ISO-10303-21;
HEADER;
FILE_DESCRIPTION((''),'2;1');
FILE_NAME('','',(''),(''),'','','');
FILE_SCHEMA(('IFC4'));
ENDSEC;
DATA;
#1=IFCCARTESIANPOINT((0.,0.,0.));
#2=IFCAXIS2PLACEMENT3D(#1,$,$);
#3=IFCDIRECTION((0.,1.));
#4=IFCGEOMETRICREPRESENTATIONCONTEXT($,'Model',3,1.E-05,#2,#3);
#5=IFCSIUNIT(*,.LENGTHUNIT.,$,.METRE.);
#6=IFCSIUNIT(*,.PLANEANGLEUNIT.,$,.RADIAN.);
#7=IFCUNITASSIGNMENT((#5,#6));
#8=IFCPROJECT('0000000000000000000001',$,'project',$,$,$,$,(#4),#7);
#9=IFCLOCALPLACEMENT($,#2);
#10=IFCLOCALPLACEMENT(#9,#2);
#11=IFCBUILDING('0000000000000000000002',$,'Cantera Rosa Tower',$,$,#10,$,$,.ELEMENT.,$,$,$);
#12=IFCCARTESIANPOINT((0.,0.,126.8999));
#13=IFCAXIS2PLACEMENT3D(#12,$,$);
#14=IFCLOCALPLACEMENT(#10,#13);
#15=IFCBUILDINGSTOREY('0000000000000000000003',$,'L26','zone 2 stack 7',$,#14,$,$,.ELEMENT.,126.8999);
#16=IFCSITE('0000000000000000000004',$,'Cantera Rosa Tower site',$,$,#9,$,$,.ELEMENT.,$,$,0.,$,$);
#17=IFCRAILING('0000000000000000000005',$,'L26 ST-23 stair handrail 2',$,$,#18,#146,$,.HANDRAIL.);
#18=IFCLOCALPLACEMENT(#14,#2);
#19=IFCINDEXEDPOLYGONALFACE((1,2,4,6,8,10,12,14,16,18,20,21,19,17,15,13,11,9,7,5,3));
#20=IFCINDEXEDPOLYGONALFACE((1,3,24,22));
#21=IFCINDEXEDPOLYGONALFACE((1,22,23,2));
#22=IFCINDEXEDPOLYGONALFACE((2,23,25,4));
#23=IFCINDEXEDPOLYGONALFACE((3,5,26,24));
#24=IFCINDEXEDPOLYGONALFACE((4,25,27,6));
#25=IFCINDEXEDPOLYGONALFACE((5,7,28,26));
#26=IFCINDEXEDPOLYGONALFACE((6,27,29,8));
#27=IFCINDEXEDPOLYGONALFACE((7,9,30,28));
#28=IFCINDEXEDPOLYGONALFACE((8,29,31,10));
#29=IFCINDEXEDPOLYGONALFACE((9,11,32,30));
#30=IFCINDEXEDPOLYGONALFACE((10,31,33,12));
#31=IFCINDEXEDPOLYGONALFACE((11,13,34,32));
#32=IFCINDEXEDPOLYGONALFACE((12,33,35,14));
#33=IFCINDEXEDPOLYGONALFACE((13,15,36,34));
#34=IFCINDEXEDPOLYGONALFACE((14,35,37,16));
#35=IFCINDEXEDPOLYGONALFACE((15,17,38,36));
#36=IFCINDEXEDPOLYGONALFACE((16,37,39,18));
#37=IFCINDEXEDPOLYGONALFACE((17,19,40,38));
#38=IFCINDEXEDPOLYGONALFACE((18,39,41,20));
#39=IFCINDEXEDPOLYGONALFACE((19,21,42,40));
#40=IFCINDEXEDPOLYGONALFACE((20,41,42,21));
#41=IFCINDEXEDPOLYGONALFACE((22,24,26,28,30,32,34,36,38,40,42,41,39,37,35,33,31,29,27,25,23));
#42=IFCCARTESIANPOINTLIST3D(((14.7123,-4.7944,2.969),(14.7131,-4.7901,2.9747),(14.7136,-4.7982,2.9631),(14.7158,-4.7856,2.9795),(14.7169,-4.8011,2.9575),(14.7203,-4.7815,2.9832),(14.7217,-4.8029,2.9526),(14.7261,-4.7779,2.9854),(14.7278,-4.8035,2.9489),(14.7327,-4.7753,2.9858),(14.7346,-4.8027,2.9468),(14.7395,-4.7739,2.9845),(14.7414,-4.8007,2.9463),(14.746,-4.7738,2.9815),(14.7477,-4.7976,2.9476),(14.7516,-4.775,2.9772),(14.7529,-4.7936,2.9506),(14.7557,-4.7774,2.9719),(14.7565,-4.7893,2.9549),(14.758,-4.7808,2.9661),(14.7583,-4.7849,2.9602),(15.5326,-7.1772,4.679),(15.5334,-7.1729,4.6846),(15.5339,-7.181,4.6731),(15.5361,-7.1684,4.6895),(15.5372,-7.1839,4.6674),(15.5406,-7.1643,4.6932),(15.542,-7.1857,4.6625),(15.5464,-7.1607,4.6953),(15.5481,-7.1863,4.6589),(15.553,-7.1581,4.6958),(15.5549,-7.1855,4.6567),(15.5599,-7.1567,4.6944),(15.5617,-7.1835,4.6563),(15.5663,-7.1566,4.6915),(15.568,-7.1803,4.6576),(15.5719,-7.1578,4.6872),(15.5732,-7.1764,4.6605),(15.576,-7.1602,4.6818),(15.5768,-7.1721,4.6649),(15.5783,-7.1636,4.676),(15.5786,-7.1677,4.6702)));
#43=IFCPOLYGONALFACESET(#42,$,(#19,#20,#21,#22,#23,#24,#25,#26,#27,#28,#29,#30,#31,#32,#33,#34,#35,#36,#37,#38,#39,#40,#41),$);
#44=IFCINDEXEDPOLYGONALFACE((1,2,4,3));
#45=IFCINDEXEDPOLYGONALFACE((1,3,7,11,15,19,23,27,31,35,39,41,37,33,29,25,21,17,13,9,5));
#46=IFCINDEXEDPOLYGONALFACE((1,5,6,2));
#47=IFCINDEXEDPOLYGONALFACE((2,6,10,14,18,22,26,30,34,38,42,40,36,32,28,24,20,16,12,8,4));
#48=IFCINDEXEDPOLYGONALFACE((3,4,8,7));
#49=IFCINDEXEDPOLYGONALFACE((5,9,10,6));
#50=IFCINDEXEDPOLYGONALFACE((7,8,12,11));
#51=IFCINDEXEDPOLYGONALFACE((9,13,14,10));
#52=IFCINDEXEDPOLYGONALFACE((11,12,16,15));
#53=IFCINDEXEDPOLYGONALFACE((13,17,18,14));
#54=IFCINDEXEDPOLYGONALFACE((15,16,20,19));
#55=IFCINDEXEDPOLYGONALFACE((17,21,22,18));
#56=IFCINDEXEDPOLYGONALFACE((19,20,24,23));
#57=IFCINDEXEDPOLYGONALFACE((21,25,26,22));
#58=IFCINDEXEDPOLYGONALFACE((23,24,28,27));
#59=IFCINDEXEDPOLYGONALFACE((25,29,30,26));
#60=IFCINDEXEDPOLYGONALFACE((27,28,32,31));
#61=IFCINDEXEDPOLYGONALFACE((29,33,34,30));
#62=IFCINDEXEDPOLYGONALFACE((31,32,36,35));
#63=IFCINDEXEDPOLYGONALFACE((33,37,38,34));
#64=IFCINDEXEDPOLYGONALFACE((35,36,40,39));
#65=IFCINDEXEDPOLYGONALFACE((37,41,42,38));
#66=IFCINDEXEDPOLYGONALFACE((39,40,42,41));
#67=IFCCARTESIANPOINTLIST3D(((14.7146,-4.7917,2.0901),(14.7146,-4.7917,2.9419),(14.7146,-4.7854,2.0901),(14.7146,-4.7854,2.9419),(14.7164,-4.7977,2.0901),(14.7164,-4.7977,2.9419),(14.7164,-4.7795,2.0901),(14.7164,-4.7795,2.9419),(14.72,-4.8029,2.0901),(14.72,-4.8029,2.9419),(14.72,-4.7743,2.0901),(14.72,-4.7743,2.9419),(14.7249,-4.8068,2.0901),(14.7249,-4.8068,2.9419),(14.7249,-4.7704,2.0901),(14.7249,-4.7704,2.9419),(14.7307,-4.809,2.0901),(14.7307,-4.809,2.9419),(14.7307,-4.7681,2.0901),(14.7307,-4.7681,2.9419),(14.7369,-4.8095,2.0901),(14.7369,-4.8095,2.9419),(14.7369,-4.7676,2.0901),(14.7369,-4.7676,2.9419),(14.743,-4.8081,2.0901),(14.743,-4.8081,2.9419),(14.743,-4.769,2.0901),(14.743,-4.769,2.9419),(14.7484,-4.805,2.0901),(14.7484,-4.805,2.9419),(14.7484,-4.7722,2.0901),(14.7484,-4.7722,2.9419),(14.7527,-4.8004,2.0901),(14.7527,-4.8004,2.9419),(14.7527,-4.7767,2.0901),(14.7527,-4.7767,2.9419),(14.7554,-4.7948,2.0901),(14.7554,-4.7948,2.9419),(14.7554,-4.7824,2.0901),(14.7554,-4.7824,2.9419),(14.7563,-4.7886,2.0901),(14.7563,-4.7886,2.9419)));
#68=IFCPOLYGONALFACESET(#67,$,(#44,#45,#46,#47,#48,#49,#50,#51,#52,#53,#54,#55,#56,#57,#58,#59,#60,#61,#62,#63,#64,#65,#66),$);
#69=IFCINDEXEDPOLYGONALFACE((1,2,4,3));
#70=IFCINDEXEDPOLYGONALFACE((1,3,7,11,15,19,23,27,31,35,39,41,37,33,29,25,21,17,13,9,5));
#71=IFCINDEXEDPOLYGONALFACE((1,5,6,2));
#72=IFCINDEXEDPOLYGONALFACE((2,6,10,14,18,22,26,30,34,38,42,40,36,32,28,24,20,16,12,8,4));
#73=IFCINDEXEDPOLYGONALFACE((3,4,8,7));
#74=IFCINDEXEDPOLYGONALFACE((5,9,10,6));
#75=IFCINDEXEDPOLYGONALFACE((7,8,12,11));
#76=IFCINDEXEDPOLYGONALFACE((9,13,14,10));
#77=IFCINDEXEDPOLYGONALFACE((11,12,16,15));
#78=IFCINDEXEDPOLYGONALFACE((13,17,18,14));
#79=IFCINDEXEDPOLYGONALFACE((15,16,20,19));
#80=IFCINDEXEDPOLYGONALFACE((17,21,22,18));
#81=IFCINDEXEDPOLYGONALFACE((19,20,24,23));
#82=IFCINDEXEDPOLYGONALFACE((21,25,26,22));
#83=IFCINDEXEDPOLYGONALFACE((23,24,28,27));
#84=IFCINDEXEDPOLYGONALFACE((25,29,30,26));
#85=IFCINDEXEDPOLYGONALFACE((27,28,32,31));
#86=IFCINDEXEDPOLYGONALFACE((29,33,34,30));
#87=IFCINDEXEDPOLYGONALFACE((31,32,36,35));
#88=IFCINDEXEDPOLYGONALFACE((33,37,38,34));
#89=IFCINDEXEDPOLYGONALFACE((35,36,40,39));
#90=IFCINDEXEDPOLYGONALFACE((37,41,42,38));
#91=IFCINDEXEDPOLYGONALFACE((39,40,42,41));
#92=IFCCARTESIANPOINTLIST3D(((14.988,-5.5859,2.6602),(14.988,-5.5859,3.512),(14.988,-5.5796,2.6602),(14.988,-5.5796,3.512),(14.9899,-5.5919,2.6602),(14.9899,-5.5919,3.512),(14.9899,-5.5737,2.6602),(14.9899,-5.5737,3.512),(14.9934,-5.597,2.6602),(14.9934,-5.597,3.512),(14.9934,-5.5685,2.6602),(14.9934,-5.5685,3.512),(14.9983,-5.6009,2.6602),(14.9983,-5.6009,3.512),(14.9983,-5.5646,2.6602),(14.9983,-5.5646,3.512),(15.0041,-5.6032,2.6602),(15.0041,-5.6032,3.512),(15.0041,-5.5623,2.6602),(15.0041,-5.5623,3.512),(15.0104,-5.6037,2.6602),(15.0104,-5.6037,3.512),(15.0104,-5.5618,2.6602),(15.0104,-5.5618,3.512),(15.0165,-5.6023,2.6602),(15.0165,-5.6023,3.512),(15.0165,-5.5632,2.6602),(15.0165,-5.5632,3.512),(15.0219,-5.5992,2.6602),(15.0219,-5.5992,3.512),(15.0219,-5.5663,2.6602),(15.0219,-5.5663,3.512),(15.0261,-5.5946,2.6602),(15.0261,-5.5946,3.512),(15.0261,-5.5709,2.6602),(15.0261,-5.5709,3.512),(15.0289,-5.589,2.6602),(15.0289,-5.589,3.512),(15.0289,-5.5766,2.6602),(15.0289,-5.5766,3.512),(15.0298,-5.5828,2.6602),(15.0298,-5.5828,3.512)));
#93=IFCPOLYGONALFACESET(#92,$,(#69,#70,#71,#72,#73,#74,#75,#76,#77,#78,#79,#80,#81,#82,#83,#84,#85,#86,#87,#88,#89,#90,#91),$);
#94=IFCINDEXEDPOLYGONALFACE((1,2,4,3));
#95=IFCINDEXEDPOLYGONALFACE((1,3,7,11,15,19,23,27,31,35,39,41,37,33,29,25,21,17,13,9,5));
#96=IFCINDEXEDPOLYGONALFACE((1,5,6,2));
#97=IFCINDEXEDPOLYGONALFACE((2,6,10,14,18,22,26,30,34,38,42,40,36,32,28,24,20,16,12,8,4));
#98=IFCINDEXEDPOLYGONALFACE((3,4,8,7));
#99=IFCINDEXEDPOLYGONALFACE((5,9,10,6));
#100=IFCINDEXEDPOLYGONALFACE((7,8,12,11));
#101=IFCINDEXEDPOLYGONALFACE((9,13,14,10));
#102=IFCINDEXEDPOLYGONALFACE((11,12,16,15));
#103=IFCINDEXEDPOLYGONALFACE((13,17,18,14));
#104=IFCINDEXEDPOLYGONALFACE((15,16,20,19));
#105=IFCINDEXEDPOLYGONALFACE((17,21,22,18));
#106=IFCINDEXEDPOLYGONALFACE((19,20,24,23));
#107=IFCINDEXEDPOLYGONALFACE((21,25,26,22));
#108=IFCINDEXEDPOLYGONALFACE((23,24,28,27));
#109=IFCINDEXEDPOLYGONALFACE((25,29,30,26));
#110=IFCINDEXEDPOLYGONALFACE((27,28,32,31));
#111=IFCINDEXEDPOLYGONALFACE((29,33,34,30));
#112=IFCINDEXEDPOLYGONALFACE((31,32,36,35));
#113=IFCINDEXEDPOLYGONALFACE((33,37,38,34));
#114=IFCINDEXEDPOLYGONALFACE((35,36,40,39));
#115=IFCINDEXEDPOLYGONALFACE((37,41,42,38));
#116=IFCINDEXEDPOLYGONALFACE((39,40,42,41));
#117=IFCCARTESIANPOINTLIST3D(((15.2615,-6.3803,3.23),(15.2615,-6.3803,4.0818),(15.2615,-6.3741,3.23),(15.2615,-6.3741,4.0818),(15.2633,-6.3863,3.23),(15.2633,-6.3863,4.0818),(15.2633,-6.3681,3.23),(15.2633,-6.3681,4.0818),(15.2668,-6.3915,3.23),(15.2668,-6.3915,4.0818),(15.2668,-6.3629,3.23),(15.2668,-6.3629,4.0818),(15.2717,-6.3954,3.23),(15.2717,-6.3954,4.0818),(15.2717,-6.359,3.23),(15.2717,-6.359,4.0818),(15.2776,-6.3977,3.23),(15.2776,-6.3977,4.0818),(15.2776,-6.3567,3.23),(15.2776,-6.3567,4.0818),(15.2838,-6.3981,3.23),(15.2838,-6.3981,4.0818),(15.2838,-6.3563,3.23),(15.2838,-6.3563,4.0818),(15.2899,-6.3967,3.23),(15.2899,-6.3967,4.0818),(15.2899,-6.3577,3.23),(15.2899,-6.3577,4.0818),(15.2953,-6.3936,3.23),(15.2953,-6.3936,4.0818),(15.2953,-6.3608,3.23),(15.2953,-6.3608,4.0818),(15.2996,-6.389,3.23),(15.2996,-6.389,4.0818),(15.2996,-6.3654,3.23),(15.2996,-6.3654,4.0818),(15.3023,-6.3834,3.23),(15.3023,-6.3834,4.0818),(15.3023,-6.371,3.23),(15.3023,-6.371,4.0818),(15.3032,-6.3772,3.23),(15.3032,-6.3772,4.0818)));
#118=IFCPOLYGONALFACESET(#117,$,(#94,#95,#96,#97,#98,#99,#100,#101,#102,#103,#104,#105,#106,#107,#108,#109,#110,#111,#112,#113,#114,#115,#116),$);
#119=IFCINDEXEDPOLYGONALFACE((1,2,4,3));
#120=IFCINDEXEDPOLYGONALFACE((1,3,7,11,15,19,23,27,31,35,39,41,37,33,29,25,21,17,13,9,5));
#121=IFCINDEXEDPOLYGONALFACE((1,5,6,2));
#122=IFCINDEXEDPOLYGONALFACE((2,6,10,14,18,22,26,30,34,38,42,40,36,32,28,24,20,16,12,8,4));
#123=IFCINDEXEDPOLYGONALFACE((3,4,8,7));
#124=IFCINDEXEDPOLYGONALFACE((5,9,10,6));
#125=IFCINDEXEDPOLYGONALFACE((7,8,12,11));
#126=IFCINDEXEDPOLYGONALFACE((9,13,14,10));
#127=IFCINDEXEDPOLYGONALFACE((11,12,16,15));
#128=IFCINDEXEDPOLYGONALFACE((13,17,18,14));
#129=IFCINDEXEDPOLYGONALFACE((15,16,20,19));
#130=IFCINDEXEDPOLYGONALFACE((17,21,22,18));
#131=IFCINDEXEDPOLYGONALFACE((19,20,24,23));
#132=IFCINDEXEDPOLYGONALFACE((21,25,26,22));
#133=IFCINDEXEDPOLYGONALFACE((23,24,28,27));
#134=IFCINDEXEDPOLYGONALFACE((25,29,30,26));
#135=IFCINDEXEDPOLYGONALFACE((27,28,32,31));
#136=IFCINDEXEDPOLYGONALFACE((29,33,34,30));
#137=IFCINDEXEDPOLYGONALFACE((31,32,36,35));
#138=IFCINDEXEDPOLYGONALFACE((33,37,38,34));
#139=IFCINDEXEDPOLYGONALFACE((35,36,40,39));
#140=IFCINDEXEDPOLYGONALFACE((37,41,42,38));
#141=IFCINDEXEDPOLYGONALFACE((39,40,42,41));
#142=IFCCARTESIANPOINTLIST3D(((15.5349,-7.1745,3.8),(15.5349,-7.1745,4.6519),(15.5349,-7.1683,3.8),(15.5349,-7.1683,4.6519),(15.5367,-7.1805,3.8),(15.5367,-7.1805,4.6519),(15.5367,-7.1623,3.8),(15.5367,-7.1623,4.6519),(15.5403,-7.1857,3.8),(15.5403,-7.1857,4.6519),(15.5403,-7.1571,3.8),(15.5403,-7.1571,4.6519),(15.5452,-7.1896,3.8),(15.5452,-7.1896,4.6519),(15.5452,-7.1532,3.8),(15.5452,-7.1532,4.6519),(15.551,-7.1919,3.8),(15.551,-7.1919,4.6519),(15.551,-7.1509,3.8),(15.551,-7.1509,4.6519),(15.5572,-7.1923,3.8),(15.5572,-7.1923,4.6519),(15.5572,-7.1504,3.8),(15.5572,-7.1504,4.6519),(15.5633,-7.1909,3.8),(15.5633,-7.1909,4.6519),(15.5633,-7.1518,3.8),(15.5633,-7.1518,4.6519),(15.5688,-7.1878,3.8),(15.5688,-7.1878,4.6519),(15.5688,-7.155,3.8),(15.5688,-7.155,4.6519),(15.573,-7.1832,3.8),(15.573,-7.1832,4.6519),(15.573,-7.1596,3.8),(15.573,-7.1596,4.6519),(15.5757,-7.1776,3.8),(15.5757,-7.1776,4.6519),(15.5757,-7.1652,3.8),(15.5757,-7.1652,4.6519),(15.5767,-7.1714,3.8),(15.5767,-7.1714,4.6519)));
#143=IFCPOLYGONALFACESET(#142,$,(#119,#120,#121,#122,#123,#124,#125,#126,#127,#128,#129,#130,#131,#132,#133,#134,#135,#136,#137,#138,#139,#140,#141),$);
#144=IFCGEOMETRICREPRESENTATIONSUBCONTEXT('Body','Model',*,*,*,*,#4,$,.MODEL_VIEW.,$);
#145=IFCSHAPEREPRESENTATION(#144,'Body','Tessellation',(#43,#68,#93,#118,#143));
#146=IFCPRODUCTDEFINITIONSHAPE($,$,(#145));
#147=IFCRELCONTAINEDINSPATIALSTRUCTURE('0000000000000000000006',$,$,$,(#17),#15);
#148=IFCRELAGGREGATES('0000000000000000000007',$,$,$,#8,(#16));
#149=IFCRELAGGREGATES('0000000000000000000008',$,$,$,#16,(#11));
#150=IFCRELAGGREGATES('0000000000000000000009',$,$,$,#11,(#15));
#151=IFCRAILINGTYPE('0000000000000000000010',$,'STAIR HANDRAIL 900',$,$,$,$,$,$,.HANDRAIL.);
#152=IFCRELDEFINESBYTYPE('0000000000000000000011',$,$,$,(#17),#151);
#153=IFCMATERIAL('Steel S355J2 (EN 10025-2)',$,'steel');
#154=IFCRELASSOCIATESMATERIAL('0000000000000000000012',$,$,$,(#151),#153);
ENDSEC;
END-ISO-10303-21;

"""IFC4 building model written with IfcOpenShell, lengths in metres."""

from ifc_helpers import new_model, si_unit, direction, frame, origin, origin_2d, place, context, subcontext, project, spatial, circle, extrude, material, type_object, element, save


model = new_model("IFC4")

# Units and contexts
model_context = context("Model", 3, precision=1e-05, world=origin(), true_north=direction((0.0, 1.0)))
body_context = subcontext(model_context, "Body", "Model", "MODEL_VIEW")
ifc_project = project(units=[si_unit("LENGTHUNIT", "METRE"), si_unit("PLANEANGLEUNIT", "RADIAN")], contexts=[model_context])

# Site, building, storey
site_placement = place(None, origin())
site = spatial("IfcSite", under=ifc_project, at=site_placement, Name="Cantera Rosa Tower site", CompositionType="ELEMENT", RefElevation=0.0)
building_placement = place(site_placement, origin())
building = spatial("IfcBuilding", under=site, at=building_placement, Name="Cantera Rosa Tower", CompositionType="ELEMENT")
storey_placement = place(building_placement, frame((0.0, 0.0, 126.8999)))
storey = spatial("IfcBuildingStorey", under=building, at=storey_placement, Name="L26", Description="zone 2 stack 7", CompositionType="ELEMENT", Elevation=126.8999)

# Railing
ifc_material_1 = material(Name="Steel S355J2 (EN 10025-2)", Category="steel")
railing_type_1 = type_object("IfcRailingType", Name="STAIR HANDRAIL 900", PredefinedType="HANDRAIL", material=ifc_material_1)
railing_1_placement = place(storey_placement, frame((14.7354, -4.7886, 2.0901)))
element("IfcRailing", 1, at=railing_1_placement, inside=storey, type_object=railing_type_1, Name="L26 ST-23 stair handrail 2", PredefinedType="HANDRAIL", context=body_context, shape_type="SweptSolid", body=[
    extrude(circle(Radius=0.0239, at=origin_2d()), frame((0.0, 0.0, 0.876), z_axis=(0.269358, -0.782421, 0.561483), x_axis=(0.945538, 0.325513, 0.0)), (0.0, 0.0, 1.0), 3.0454),
    extrude(circle(Radius=0.021, at=origin_2d()), origin(), (0.0, 0.0, 1.0), 0.8518),
    extrude(circle(Radius=0.021, at=origin_2d()), frame((0.2734, -0.7942, 0.5701)), (0.0, 0.0, 1.0), 0.8518),
    extrude(circle(Radius=0.021, at=origin_2d()), frame((0.5469, -1.5886, 1.1399)), (0.0, 0.0, 1.0), 0.8518),
    extrude(circle(Radius=0.021, at=origin_2d()), frame((0.8203, -2.3828, 1.71)), (0.0, 0.0, 1.0), 0.8518),
])

save(model, "model.ifc")
